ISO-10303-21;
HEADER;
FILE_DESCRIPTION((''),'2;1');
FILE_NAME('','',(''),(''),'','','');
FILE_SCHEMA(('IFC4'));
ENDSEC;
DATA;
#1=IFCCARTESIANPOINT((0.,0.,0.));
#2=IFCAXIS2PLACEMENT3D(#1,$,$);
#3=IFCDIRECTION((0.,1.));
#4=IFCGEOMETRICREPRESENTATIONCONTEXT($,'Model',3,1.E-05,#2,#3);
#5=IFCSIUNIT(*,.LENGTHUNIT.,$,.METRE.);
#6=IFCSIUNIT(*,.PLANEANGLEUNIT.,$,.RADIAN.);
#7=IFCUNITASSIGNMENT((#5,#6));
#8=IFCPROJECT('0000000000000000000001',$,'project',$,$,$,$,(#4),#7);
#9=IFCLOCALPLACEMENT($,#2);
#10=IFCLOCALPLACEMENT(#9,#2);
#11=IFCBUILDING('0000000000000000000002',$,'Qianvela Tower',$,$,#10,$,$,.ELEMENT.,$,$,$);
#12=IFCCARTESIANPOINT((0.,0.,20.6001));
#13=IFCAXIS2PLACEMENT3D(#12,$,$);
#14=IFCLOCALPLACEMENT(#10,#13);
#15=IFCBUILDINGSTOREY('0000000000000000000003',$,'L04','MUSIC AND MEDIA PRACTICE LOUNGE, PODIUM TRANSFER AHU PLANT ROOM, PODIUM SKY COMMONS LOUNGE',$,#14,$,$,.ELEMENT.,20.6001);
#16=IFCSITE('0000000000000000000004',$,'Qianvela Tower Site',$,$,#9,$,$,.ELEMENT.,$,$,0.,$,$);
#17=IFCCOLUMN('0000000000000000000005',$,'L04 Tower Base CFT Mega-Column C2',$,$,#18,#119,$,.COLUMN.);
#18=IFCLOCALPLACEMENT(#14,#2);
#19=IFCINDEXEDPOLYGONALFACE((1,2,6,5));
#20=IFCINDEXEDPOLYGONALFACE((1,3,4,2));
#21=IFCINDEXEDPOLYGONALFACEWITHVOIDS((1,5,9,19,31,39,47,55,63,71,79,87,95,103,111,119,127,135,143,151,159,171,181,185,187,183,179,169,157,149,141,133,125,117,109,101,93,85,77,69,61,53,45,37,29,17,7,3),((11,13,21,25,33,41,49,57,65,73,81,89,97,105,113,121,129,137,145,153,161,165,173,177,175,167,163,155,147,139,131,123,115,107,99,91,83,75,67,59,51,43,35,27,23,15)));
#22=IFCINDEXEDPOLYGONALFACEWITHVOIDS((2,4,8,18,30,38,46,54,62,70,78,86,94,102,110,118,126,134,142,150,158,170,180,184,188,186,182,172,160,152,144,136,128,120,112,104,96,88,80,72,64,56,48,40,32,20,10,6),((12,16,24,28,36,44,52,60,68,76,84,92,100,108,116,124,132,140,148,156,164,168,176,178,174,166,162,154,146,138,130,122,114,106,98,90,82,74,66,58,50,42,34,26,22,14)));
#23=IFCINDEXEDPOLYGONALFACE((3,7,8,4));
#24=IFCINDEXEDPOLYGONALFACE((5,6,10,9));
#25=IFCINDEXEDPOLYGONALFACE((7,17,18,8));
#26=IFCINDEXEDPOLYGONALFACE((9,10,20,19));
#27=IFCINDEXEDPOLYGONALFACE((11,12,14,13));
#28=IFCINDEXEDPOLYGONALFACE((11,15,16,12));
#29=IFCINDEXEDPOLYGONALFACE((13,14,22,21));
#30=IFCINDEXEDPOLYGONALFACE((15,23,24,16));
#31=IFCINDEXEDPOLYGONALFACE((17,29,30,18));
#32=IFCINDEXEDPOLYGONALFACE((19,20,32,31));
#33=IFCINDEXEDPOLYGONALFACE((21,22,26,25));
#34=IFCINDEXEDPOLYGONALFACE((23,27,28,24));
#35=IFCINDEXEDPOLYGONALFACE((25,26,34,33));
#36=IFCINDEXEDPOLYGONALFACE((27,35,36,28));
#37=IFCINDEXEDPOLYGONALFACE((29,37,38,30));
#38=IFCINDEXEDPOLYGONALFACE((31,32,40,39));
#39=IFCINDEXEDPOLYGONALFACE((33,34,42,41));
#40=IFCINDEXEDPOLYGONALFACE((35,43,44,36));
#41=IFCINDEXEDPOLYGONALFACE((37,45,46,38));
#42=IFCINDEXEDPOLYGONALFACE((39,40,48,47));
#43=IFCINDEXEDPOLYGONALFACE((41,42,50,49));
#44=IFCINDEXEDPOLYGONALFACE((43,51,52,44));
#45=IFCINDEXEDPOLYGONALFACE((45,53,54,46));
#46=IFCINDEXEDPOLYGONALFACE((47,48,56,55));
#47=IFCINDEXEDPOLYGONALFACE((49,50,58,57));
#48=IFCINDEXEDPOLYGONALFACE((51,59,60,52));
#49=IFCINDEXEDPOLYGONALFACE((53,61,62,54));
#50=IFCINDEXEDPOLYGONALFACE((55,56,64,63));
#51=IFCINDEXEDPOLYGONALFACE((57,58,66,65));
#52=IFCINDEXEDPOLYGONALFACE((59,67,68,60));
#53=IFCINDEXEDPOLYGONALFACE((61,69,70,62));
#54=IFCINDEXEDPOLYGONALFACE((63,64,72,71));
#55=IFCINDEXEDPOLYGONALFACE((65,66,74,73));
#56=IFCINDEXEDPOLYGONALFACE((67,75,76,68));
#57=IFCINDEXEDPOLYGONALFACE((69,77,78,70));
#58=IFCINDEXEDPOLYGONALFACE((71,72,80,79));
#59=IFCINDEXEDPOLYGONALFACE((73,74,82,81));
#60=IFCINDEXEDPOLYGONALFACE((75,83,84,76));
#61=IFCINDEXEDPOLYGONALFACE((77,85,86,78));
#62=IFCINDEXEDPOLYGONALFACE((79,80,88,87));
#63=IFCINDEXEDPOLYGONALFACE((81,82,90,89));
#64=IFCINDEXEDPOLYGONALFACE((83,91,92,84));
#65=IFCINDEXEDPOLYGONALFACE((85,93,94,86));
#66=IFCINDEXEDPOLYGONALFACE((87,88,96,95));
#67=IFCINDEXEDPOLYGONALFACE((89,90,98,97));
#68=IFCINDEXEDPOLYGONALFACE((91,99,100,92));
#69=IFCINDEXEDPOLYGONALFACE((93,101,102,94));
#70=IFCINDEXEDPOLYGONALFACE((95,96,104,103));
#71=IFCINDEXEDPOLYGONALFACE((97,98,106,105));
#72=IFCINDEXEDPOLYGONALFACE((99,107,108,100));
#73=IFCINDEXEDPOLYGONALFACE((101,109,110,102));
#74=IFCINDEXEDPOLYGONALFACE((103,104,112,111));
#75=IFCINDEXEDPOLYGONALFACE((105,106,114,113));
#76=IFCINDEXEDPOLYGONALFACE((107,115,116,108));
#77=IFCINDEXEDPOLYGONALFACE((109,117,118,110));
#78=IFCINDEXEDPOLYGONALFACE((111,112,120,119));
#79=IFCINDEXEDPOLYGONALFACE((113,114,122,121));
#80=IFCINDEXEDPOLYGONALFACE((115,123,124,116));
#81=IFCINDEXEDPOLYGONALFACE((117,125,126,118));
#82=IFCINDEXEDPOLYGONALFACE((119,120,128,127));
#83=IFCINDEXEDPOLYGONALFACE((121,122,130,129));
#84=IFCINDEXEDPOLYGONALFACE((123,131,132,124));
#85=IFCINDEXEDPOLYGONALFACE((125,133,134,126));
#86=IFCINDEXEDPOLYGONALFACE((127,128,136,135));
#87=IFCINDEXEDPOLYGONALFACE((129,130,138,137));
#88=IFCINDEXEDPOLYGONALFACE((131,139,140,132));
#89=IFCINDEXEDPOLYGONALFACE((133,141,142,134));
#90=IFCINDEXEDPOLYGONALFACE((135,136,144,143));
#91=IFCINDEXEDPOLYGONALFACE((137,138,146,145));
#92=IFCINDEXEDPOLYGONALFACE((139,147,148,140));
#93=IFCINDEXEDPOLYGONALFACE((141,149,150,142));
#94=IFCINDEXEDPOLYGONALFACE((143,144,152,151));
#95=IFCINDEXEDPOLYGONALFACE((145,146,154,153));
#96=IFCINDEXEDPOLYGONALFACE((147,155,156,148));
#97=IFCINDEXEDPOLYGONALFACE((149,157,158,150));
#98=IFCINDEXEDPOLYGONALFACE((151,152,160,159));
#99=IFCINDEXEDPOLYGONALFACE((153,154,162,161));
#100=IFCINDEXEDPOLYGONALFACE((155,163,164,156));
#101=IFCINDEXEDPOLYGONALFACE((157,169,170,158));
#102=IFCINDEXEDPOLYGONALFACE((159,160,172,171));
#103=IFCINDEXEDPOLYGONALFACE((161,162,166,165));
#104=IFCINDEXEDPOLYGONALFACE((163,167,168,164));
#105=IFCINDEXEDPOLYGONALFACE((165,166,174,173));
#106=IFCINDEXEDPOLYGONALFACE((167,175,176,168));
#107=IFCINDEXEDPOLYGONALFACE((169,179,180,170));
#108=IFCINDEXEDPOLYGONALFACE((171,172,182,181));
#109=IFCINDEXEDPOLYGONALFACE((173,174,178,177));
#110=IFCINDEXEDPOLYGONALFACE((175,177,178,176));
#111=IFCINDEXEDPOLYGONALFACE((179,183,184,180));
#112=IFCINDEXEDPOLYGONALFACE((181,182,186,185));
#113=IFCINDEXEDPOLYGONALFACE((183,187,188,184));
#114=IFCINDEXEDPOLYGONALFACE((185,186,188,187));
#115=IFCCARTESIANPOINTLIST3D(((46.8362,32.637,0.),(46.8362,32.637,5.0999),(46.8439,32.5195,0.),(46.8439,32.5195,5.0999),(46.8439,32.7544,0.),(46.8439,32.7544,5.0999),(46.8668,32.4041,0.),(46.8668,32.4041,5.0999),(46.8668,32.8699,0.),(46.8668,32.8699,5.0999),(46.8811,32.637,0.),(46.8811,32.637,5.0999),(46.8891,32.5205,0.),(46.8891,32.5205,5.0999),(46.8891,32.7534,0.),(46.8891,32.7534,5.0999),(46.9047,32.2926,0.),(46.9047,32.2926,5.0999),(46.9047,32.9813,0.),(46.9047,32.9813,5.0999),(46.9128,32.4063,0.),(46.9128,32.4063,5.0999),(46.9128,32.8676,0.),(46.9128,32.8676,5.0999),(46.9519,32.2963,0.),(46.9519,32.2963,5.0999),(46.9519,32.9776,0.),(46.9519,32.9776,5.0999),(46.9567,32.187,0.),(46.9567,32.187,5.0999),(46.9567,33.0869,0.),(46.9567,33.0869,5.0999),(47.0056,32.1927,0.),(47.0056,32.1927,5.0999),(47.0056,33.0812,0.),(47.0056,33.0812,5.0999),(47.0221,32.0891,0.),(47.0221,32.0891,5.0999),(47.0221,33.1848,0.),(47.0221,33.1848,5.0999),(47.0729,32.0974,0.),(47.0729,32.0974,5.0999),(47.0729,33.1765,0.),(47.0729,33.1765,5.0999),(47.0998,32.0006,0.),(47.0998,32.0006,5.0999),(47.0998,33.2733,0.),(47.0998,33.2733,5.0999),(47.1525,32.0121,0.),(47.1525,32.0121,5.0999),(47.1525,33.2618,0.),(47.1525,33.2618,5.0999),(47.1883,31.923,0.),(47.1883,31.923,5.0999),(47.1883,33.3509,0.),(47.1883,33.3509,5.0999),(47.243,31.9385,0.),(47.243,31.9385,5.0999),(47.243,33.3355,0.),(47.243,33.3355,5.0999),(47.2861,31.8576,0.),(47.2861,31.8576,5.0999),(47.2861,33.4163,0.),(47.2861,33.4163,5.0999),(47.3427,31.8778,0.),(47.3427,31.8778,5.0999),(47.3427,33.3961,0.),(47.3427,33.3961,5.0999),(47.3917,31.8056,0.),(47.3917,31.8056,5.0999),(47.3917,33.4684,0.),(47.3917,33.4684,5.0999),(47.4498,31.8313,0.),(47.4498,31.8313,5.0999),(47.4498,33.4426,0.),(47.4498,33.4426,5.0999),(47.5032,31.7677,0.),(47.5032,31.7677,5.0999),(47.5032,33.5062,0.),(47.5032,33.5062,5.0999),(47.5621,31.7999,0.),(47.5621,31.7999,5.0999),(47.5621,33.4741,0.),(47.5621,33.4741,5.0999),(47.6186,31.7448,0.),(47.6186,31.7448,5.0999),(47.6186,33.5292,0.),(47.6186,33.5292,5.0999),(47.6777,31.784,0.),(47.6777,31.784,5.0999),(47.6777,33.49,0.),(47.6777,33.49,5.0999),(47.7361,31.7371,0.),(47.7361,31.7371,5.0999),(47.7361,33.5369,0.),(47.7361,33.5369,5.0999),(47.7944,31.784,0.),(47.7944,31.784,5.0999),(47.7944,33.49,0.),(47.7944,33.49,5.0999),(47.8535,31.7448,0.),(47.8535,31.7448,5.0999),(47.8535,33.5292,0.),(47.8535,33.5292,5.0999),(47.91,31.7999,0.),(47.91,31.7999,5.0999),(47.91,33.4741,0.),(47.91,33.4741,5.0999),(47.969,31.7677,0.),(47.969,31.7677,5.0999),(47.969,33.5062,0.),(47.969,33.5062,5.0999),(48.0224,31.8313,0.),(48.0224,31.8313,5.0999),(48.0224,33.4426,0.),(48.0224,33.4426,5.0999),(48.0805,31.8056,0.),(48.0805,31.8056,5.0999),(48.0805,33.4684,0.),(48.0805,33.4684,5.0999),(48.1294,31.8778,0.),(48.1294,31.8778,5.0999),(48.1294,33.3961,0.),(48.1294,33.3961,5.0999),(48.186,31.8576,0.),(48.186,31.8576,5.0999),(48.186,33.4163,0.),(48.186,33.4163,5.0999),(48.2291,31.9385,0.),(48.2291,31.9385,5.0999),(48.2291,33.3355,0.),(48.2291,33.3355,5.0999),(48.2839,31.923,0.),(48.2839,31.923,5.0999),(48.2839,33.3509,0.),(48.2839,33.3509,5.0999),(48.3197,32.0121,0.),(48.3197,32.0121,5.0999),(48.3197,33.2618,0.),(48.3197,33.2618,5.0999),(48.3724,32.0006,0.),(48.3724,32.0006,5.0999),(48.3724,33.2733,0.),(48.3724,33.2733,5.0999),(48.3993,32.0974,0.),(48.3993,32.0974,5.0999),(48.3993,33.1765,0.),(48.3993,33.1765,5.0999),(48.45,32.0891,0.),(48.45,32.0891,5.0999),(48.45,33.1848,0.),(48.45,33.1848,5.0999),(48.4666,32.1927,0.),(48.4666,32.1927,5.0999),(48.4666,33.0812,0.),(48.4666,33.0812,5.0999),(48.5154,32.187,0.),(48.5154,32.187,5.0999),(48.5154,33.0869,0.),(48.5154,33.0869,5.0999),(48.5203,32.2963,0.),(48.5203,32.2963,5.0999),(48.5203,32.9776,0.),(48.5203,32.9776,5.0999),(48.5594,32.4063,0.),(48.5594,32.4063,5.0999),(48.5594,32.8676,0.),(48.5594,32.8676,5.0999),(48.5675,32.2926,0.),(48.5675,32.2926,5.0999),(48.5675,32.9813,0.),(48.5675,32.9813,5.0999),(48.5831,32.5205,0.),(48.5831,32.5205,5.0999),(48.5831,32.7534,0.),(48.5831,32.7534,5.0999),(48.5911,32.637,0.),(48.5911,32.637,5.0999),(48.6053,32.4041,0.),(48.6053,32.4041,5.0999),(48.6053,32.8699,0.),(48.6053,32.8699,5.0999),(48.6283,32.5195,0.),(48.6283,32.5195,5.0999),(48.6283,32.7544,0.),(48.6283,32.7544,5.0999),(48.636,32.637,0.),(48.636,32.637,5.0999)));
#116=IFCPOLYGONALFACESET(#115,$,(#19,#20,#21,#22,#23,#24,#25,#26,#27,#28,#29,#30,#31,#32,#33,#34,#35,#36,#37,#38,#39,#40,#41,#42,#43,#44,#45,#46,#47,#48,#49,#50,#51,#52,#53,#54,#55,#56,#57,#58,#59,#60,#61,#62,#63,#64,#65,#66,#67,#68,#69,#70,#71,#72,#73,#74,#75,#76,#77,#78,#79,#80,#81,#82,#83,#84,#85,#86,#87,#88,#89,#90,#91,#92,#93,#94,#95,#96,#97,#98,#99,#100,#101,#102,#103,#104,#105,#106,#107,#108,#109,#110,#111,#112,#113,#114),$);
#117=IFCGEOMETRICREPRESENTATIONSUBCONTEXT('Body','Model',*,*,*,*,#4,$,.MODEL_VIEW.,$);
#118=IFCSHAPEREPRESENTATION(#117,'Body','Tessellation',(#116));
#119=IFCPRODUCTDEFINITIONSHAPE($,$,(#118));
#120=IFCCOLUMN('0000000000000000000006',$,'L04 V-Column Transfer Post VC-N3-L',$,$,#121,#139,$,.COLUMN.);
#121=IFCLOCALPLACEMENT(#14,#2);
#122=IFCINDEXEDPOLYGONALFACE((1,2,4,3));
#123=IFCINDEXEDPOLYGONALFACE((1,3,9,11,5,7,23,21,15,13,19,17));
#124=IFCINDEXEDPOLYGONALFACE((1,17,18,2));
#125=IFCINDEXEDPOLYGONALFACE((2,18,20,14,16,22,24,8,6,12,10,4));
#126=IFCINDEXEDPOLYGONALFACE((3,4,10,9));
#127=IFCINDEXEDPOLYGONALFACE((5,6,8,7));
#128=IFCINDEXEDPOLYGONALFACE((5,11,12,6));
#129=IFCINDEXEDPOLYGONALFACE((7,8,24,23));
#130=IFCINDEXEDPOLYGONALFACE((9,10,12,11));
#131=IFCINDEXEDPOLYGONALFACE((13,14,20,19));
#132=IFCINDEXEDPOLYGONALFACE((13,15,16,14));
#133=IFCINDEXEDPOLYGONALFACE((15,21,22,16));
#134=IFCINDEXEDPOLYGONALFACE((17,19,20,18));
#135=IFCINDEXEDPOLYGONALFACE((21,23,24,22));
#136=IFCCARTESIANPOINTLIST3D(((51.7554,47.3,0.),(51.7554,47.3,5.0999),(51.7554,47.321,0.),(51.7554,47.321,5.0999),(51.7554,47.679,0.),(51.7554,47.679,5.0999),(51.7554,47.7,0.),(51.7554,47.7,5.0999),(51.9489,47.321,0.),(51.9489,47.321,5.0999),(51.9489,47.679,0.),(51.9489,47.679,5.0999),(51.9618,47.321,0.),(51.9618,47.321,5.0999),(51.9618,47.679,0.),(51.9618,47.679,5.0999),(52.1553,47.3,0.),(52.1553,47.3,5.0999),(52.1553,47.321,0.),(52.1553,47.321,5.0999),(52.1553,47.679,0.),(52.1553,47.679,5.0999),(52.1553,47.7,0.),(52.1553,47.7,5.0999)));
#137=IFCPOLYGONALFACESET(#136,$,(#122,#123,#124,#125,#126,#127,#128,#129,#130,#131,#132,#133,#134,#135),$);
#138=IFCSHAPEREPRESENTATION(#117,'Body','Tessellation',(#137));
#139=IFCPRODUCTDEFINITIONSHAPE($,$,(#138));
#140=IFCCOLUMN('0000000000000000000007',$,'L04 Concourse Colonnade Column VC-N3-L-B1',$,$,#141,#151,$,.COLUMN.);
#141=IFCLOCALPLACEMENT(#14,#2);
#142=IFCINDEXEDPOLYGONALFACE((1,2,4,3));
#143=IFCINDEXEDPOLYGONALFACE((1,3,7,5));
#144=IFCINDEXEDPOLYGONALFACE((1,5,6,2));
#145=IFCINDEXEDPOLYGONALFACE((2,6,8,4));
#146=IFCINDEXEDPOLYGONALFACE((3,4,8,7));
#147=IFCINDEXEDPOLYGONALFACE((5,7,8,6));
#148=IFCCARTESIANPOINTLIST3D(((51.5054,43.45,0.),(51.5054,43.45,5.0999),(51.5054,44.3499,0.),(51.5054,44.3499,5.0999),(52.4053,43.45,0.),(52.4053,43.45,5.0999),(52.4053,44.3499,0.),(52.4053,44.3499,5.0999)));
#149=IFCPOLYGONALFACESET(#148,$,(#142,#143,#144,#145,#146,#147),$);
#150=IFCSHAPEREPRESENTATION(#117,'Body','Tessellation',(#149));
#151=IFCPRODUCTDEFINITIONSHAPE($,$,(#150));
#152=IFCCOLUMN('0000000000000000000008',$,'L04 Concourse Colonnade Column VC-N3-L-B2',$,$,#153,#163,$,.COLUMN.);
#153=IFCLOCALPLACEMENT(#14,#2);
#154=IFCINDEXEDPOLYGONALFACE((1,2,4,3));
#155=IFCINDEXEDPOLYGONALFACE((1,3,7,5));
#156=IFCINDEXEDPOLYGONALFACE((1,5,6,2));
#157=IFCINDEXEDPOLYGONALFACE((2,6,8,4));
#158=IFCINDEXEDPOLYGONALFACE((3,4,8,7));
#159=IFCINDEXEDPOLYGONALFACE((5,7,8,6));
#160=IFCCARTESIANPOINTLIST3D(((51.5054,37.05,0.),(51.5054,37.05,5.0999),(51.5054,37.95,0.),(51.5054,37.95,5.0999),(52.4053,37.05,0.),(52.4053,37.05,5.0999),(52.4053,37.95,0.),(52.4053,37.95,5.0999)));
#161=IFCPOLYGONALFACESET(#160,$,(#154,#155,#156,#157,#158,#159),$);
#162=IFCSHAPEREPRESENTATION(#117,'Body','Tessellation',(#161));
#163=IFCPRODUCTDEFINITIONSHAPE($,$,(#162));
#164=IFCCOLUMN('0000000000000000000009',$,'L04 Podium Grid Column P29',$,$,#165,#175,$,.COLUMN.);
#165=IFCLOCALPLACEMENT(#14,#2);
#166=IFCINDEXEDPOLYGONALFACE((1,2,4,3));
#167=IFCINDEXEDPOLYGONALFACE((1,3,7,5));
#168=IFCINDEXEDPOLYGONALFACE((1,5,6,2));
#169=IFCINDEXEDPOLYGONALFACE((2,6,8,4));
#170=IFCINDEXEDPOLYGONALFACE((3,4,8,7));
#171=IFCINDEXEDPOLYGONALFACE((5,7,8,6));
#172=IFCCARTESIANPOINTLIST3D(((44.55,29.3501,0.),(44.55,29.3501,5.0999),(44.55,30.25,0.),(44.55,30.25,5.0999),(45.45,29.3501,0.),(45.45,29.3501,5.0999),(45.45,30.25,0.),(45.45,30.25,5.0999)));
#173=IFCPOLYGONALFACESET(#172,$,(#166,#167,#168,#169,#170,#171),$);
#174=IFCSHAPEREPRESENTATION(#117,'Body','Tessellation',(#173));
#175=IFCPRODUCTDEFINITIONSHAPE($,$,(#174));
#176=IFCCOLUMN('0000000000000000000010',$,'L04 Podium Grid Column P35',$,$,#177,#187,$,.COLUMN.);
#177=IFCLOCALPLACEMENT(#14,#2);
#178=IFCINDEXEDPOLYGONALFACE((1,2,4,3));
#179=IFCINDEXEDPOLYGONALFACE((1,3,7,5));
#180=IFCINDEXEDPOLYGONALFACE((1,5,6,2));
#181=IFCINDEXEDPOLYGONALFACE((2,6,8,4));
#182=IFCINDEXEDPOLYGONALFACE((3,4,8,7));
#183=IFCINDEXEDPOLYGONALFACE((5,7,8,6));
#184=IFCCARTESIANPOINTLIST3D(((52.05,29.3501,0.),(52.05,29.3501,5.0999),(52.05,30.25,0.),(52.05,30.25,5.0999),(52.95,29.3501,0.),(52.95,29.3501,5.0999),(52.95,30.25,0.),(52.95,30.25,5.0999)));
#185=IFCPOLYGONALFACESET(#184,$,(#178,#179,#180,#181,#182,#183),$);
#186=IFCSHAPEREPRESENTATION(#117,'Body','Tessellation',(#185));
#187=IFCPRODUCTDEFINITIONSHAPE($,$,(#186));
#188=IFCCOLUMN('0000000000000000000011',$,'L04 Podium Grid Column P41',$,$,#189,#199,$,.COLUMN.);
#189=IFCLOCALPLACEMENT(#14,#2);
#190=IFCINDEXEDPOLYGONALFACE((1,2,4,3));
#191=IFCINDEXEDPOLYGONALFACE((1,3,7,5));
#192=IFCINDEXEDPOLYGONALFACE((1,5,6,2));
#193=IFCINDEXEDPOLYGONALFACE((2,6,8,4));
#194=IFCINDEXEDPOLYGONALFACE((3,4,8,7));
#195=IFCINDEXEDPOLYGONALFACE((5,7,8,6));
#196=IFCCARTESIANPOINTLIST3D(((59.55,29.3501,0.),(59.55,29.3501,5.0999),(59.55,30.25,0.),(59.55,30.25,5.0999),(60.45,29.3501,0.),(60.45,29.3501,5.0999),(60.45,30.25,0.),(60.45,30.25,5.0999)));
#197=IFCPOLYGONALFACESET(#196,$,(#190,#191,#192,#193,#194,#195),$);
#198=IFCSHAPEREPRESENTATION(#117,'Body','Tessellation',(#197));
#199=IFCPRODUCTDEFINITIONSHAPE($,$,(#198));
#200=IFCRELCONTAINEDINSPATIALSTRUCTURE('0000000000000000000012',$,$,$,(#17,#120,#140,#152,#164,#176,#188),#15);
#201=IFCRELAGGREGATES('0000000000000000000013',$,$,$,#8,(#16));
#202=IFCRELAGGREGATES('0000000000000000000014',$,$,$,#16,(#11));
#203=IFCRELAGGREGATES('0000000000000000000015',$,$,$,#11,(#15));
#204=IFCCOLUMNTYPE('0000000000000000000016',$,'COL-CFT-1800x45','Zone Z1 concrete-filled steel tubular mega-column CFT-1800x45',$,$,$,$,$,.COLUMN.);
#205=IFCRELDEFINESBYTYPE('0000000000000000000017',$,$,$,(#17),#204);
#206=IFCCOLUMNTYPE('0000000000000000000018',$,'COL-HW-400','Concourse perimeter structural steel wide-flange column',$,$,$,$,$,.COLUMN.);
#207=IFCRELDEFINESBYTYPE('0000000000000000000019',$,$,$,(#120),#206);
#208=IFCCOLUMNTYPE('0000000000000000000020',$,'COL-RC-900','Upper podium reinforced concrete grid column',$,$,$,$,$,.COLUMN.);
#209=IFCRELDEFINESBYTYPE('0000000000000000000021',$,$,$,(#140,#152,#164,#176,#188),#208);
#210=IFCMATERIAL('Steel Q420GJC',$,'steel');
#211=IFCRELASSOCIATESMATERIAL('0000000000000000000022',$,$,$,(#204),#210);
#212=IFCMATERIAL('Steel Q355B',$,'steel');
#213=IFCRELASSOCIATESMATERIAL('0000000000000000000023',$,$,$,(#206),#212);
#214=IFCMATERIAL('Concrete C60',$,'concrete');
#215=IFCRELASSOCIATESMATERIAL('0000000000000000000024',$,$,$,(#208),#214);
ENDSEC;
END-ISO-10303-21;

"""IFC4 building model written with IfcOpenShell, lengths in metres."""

from ifc_helpers import new_model, si_unit, direction, frame, origin, origin_2d, place, context, subcontext, project, spatial, rectangle, hollow_circle, i_section, extrude, material, material_profile, profile_set, type_object, element, save


model = new_model("IFC4")

# Units and contexts
model_context = context("Model", 3, precision=1e-05, world=origin(), true_north=direction((0.0, 1.0)))
body_context = subcontext(model_context, "Body", "Model", "MODEL_VIEW")
ifc_project = project(units=[si_unit("LENGTHUNIT", "METRE"), si_unit("PLANEANGLEUNIT", "RADIAN")], contexts=[model_context])

# Site, building, storey
site_placement = place(None, origin())
site = spatial("IfcSite", under=ifc_project, at=site_placement, Name="Qianvela Tower Site", CompositionType="ELEMENT", RefElevation=0.0)
building_placement = place(site_placement, origin())
building = spatial("IfcBuilding", under=site, at=building_placement, Name="Qianvela Tower", CompositionType="ELEMENT")
storey_placement = place(building_placement, frame((0.0, 0.0, 20.6001)))
storey = spatial("IfcBuildingStorey", under=building, at=storey_placement, Name="L04", Description="MUSIC AND MEDIA PRACTICE LOUNGE, PODIUM TRANSFER AHU PLANT ROOM, PODIUM SKY COMMONS LOUNGE", CompositionType="ELEMENT", Elevation=20.6001)

# Columns
ifc_material_1 = material(Name="Steel Q420GJC", Category="steel")
ifc_material_profile_1 = material_profile(ifc_material_1, hollow_circle(Radius=0.8999, WallThickness=0.0449, at=origin_2d()), Name="CFT-1800x45")
ifc_profile_set_1 = profile_set([ifc_material_profile_1], Name="Steel Q420GJC")
column_type_1 = type_object("IfcColumnType", Name="COL-CFT-1800x45", Description="Zone Z1 concrete-filled steel tubular mega-column CFT-1800x45", PredefinedType="COLUMN", material=ifc_profile_set_1)
column_1_placement = place(storey_placement, frame((47.7361, 32.637, 0.0), z_axis=(0.0, 0.0, 1.0), x_axis=(1.0, 0.0, 0.0)))
element("IfcColumn", 1, at=column_1_placement, inside=storey, type_object=column_type_1, Name="L04 Tower Base CFT Mega-Column C2", PredefinedType="COLUMN", context=body_context, shape_type="SweptSolid", body=[
    extrude(hollow_circle(Radius=0.8999, WallThickness=0.0449, at=origin_2d()), origin(), (0.0, 0.0, 1.0), 5.0999),
])
ifc_material_2 = material(Name="Steel Q355B", Category="steel")
ifc_material_profile_2 = material_profile(ifc_material_2, i_section(OverallWidth=0.3999, OverallDepth=0.3999, WebThickness=0.0129, FlangeThickness=0.021, at=origin_2d()), Name="HW400x400x13x21")
ifc_profile_set_2 = profile_set([ifc_material_profile_2], Name="Steel Q355B")
column_type_2 = type_object("IfcColumnType", Name="COL-HW-400", Description="Concourse perimeter structural steel wide-flange column", PredefinedType="COLUMN", material=ifc_profile_set_2)
column_2_placement = place(storey_placement, frame((51.9553, 47.5, 0.0), z_axis=(0.0, 0.0, 1.0), x_axis=(1.0, 0.0, 0.0)))
element("IfcColumn", 2, at=column_2_placement, inside=storey, type_object=column_type_2, Name="L04 V-Column Transfer Post VC-N3-L", PredefinedType="COLUMN", context=body_context, shape_type="SweptSolid", body=[
    extrude(i_section(OverallWidth=0.3999, OverallDepth=0.3999, WebThickness=0.0129, FlangeThickness=0.021, at=origin_2d()), origin(), (0.0, 0.0, 1.0), 5.0999),
])
ifc_material_3 = material(Name="Concrete C60", Category="concrete")
ifc_material_profile_3 = material_profile(ifc_material_3, rectangle(XDim=0.8999, YDim=0.8999, at=origin_2d()), Name="RC-COL-900x900")
ifc_profile_set_3 = profile_set([ifc_material_profile_3], Name="Concrete C60")
column_type_3 = type_object("IfcColumnType", Name="COL-RC-900", Description="Upper podium reinforced concrete grid column", PredefinedType="COLUMN", material=ifc_profile_set_3)
for number, where, z_axis, x_axis, name in (
    (3, (51.9553, 43.8999, 0.0), (0.0, 0.0, 1.0), (1.0, 0.0, 0.0), "L04 Concourse Colonnade Column VC-N3-L-B1"),
    (4, (51.9553, 37.5, 0.0), (0.0, 0.0, 1.0), (1.0, 0.0, 0.0), "L04 Concourse Colonnade Column VC-N3-L-B2"),
    (5, (45.0, 29.8, 0.0), (0.0, 0.0, 1.0), (1.0, 0.0, 0.0), "L04 Podium Grid Column P29"),
    (6, (52.5, 29.8, 0.0), (0.0, 0.0, 1.0), (1.0, 0.0, 0.0), "L04 Podium Grid Column P35"),
    (7, (60.0, 29.8, 0.0), (0.0, 0.0, 1.0), (1.0, 0.0, 0.0), "L04 Podium Grid Column P41"),
):
    element("IfcColumn", number, at=place(storey_placement, frame(where, z_axis=z_axis, x_axis=x_axis)), inside=storey, type_object=column_type_3, Name=name, PredefinedType="COLUMN", context=body_context, shape_type="SweptSolid", body=[
        extrude(rectangle(XDim=0.8999, YDim=0.8999, at=origin_2d()), origin(), (0.0, 0.0, 1.0), 5.0999),
    ])

save(model, "model.ifc")
